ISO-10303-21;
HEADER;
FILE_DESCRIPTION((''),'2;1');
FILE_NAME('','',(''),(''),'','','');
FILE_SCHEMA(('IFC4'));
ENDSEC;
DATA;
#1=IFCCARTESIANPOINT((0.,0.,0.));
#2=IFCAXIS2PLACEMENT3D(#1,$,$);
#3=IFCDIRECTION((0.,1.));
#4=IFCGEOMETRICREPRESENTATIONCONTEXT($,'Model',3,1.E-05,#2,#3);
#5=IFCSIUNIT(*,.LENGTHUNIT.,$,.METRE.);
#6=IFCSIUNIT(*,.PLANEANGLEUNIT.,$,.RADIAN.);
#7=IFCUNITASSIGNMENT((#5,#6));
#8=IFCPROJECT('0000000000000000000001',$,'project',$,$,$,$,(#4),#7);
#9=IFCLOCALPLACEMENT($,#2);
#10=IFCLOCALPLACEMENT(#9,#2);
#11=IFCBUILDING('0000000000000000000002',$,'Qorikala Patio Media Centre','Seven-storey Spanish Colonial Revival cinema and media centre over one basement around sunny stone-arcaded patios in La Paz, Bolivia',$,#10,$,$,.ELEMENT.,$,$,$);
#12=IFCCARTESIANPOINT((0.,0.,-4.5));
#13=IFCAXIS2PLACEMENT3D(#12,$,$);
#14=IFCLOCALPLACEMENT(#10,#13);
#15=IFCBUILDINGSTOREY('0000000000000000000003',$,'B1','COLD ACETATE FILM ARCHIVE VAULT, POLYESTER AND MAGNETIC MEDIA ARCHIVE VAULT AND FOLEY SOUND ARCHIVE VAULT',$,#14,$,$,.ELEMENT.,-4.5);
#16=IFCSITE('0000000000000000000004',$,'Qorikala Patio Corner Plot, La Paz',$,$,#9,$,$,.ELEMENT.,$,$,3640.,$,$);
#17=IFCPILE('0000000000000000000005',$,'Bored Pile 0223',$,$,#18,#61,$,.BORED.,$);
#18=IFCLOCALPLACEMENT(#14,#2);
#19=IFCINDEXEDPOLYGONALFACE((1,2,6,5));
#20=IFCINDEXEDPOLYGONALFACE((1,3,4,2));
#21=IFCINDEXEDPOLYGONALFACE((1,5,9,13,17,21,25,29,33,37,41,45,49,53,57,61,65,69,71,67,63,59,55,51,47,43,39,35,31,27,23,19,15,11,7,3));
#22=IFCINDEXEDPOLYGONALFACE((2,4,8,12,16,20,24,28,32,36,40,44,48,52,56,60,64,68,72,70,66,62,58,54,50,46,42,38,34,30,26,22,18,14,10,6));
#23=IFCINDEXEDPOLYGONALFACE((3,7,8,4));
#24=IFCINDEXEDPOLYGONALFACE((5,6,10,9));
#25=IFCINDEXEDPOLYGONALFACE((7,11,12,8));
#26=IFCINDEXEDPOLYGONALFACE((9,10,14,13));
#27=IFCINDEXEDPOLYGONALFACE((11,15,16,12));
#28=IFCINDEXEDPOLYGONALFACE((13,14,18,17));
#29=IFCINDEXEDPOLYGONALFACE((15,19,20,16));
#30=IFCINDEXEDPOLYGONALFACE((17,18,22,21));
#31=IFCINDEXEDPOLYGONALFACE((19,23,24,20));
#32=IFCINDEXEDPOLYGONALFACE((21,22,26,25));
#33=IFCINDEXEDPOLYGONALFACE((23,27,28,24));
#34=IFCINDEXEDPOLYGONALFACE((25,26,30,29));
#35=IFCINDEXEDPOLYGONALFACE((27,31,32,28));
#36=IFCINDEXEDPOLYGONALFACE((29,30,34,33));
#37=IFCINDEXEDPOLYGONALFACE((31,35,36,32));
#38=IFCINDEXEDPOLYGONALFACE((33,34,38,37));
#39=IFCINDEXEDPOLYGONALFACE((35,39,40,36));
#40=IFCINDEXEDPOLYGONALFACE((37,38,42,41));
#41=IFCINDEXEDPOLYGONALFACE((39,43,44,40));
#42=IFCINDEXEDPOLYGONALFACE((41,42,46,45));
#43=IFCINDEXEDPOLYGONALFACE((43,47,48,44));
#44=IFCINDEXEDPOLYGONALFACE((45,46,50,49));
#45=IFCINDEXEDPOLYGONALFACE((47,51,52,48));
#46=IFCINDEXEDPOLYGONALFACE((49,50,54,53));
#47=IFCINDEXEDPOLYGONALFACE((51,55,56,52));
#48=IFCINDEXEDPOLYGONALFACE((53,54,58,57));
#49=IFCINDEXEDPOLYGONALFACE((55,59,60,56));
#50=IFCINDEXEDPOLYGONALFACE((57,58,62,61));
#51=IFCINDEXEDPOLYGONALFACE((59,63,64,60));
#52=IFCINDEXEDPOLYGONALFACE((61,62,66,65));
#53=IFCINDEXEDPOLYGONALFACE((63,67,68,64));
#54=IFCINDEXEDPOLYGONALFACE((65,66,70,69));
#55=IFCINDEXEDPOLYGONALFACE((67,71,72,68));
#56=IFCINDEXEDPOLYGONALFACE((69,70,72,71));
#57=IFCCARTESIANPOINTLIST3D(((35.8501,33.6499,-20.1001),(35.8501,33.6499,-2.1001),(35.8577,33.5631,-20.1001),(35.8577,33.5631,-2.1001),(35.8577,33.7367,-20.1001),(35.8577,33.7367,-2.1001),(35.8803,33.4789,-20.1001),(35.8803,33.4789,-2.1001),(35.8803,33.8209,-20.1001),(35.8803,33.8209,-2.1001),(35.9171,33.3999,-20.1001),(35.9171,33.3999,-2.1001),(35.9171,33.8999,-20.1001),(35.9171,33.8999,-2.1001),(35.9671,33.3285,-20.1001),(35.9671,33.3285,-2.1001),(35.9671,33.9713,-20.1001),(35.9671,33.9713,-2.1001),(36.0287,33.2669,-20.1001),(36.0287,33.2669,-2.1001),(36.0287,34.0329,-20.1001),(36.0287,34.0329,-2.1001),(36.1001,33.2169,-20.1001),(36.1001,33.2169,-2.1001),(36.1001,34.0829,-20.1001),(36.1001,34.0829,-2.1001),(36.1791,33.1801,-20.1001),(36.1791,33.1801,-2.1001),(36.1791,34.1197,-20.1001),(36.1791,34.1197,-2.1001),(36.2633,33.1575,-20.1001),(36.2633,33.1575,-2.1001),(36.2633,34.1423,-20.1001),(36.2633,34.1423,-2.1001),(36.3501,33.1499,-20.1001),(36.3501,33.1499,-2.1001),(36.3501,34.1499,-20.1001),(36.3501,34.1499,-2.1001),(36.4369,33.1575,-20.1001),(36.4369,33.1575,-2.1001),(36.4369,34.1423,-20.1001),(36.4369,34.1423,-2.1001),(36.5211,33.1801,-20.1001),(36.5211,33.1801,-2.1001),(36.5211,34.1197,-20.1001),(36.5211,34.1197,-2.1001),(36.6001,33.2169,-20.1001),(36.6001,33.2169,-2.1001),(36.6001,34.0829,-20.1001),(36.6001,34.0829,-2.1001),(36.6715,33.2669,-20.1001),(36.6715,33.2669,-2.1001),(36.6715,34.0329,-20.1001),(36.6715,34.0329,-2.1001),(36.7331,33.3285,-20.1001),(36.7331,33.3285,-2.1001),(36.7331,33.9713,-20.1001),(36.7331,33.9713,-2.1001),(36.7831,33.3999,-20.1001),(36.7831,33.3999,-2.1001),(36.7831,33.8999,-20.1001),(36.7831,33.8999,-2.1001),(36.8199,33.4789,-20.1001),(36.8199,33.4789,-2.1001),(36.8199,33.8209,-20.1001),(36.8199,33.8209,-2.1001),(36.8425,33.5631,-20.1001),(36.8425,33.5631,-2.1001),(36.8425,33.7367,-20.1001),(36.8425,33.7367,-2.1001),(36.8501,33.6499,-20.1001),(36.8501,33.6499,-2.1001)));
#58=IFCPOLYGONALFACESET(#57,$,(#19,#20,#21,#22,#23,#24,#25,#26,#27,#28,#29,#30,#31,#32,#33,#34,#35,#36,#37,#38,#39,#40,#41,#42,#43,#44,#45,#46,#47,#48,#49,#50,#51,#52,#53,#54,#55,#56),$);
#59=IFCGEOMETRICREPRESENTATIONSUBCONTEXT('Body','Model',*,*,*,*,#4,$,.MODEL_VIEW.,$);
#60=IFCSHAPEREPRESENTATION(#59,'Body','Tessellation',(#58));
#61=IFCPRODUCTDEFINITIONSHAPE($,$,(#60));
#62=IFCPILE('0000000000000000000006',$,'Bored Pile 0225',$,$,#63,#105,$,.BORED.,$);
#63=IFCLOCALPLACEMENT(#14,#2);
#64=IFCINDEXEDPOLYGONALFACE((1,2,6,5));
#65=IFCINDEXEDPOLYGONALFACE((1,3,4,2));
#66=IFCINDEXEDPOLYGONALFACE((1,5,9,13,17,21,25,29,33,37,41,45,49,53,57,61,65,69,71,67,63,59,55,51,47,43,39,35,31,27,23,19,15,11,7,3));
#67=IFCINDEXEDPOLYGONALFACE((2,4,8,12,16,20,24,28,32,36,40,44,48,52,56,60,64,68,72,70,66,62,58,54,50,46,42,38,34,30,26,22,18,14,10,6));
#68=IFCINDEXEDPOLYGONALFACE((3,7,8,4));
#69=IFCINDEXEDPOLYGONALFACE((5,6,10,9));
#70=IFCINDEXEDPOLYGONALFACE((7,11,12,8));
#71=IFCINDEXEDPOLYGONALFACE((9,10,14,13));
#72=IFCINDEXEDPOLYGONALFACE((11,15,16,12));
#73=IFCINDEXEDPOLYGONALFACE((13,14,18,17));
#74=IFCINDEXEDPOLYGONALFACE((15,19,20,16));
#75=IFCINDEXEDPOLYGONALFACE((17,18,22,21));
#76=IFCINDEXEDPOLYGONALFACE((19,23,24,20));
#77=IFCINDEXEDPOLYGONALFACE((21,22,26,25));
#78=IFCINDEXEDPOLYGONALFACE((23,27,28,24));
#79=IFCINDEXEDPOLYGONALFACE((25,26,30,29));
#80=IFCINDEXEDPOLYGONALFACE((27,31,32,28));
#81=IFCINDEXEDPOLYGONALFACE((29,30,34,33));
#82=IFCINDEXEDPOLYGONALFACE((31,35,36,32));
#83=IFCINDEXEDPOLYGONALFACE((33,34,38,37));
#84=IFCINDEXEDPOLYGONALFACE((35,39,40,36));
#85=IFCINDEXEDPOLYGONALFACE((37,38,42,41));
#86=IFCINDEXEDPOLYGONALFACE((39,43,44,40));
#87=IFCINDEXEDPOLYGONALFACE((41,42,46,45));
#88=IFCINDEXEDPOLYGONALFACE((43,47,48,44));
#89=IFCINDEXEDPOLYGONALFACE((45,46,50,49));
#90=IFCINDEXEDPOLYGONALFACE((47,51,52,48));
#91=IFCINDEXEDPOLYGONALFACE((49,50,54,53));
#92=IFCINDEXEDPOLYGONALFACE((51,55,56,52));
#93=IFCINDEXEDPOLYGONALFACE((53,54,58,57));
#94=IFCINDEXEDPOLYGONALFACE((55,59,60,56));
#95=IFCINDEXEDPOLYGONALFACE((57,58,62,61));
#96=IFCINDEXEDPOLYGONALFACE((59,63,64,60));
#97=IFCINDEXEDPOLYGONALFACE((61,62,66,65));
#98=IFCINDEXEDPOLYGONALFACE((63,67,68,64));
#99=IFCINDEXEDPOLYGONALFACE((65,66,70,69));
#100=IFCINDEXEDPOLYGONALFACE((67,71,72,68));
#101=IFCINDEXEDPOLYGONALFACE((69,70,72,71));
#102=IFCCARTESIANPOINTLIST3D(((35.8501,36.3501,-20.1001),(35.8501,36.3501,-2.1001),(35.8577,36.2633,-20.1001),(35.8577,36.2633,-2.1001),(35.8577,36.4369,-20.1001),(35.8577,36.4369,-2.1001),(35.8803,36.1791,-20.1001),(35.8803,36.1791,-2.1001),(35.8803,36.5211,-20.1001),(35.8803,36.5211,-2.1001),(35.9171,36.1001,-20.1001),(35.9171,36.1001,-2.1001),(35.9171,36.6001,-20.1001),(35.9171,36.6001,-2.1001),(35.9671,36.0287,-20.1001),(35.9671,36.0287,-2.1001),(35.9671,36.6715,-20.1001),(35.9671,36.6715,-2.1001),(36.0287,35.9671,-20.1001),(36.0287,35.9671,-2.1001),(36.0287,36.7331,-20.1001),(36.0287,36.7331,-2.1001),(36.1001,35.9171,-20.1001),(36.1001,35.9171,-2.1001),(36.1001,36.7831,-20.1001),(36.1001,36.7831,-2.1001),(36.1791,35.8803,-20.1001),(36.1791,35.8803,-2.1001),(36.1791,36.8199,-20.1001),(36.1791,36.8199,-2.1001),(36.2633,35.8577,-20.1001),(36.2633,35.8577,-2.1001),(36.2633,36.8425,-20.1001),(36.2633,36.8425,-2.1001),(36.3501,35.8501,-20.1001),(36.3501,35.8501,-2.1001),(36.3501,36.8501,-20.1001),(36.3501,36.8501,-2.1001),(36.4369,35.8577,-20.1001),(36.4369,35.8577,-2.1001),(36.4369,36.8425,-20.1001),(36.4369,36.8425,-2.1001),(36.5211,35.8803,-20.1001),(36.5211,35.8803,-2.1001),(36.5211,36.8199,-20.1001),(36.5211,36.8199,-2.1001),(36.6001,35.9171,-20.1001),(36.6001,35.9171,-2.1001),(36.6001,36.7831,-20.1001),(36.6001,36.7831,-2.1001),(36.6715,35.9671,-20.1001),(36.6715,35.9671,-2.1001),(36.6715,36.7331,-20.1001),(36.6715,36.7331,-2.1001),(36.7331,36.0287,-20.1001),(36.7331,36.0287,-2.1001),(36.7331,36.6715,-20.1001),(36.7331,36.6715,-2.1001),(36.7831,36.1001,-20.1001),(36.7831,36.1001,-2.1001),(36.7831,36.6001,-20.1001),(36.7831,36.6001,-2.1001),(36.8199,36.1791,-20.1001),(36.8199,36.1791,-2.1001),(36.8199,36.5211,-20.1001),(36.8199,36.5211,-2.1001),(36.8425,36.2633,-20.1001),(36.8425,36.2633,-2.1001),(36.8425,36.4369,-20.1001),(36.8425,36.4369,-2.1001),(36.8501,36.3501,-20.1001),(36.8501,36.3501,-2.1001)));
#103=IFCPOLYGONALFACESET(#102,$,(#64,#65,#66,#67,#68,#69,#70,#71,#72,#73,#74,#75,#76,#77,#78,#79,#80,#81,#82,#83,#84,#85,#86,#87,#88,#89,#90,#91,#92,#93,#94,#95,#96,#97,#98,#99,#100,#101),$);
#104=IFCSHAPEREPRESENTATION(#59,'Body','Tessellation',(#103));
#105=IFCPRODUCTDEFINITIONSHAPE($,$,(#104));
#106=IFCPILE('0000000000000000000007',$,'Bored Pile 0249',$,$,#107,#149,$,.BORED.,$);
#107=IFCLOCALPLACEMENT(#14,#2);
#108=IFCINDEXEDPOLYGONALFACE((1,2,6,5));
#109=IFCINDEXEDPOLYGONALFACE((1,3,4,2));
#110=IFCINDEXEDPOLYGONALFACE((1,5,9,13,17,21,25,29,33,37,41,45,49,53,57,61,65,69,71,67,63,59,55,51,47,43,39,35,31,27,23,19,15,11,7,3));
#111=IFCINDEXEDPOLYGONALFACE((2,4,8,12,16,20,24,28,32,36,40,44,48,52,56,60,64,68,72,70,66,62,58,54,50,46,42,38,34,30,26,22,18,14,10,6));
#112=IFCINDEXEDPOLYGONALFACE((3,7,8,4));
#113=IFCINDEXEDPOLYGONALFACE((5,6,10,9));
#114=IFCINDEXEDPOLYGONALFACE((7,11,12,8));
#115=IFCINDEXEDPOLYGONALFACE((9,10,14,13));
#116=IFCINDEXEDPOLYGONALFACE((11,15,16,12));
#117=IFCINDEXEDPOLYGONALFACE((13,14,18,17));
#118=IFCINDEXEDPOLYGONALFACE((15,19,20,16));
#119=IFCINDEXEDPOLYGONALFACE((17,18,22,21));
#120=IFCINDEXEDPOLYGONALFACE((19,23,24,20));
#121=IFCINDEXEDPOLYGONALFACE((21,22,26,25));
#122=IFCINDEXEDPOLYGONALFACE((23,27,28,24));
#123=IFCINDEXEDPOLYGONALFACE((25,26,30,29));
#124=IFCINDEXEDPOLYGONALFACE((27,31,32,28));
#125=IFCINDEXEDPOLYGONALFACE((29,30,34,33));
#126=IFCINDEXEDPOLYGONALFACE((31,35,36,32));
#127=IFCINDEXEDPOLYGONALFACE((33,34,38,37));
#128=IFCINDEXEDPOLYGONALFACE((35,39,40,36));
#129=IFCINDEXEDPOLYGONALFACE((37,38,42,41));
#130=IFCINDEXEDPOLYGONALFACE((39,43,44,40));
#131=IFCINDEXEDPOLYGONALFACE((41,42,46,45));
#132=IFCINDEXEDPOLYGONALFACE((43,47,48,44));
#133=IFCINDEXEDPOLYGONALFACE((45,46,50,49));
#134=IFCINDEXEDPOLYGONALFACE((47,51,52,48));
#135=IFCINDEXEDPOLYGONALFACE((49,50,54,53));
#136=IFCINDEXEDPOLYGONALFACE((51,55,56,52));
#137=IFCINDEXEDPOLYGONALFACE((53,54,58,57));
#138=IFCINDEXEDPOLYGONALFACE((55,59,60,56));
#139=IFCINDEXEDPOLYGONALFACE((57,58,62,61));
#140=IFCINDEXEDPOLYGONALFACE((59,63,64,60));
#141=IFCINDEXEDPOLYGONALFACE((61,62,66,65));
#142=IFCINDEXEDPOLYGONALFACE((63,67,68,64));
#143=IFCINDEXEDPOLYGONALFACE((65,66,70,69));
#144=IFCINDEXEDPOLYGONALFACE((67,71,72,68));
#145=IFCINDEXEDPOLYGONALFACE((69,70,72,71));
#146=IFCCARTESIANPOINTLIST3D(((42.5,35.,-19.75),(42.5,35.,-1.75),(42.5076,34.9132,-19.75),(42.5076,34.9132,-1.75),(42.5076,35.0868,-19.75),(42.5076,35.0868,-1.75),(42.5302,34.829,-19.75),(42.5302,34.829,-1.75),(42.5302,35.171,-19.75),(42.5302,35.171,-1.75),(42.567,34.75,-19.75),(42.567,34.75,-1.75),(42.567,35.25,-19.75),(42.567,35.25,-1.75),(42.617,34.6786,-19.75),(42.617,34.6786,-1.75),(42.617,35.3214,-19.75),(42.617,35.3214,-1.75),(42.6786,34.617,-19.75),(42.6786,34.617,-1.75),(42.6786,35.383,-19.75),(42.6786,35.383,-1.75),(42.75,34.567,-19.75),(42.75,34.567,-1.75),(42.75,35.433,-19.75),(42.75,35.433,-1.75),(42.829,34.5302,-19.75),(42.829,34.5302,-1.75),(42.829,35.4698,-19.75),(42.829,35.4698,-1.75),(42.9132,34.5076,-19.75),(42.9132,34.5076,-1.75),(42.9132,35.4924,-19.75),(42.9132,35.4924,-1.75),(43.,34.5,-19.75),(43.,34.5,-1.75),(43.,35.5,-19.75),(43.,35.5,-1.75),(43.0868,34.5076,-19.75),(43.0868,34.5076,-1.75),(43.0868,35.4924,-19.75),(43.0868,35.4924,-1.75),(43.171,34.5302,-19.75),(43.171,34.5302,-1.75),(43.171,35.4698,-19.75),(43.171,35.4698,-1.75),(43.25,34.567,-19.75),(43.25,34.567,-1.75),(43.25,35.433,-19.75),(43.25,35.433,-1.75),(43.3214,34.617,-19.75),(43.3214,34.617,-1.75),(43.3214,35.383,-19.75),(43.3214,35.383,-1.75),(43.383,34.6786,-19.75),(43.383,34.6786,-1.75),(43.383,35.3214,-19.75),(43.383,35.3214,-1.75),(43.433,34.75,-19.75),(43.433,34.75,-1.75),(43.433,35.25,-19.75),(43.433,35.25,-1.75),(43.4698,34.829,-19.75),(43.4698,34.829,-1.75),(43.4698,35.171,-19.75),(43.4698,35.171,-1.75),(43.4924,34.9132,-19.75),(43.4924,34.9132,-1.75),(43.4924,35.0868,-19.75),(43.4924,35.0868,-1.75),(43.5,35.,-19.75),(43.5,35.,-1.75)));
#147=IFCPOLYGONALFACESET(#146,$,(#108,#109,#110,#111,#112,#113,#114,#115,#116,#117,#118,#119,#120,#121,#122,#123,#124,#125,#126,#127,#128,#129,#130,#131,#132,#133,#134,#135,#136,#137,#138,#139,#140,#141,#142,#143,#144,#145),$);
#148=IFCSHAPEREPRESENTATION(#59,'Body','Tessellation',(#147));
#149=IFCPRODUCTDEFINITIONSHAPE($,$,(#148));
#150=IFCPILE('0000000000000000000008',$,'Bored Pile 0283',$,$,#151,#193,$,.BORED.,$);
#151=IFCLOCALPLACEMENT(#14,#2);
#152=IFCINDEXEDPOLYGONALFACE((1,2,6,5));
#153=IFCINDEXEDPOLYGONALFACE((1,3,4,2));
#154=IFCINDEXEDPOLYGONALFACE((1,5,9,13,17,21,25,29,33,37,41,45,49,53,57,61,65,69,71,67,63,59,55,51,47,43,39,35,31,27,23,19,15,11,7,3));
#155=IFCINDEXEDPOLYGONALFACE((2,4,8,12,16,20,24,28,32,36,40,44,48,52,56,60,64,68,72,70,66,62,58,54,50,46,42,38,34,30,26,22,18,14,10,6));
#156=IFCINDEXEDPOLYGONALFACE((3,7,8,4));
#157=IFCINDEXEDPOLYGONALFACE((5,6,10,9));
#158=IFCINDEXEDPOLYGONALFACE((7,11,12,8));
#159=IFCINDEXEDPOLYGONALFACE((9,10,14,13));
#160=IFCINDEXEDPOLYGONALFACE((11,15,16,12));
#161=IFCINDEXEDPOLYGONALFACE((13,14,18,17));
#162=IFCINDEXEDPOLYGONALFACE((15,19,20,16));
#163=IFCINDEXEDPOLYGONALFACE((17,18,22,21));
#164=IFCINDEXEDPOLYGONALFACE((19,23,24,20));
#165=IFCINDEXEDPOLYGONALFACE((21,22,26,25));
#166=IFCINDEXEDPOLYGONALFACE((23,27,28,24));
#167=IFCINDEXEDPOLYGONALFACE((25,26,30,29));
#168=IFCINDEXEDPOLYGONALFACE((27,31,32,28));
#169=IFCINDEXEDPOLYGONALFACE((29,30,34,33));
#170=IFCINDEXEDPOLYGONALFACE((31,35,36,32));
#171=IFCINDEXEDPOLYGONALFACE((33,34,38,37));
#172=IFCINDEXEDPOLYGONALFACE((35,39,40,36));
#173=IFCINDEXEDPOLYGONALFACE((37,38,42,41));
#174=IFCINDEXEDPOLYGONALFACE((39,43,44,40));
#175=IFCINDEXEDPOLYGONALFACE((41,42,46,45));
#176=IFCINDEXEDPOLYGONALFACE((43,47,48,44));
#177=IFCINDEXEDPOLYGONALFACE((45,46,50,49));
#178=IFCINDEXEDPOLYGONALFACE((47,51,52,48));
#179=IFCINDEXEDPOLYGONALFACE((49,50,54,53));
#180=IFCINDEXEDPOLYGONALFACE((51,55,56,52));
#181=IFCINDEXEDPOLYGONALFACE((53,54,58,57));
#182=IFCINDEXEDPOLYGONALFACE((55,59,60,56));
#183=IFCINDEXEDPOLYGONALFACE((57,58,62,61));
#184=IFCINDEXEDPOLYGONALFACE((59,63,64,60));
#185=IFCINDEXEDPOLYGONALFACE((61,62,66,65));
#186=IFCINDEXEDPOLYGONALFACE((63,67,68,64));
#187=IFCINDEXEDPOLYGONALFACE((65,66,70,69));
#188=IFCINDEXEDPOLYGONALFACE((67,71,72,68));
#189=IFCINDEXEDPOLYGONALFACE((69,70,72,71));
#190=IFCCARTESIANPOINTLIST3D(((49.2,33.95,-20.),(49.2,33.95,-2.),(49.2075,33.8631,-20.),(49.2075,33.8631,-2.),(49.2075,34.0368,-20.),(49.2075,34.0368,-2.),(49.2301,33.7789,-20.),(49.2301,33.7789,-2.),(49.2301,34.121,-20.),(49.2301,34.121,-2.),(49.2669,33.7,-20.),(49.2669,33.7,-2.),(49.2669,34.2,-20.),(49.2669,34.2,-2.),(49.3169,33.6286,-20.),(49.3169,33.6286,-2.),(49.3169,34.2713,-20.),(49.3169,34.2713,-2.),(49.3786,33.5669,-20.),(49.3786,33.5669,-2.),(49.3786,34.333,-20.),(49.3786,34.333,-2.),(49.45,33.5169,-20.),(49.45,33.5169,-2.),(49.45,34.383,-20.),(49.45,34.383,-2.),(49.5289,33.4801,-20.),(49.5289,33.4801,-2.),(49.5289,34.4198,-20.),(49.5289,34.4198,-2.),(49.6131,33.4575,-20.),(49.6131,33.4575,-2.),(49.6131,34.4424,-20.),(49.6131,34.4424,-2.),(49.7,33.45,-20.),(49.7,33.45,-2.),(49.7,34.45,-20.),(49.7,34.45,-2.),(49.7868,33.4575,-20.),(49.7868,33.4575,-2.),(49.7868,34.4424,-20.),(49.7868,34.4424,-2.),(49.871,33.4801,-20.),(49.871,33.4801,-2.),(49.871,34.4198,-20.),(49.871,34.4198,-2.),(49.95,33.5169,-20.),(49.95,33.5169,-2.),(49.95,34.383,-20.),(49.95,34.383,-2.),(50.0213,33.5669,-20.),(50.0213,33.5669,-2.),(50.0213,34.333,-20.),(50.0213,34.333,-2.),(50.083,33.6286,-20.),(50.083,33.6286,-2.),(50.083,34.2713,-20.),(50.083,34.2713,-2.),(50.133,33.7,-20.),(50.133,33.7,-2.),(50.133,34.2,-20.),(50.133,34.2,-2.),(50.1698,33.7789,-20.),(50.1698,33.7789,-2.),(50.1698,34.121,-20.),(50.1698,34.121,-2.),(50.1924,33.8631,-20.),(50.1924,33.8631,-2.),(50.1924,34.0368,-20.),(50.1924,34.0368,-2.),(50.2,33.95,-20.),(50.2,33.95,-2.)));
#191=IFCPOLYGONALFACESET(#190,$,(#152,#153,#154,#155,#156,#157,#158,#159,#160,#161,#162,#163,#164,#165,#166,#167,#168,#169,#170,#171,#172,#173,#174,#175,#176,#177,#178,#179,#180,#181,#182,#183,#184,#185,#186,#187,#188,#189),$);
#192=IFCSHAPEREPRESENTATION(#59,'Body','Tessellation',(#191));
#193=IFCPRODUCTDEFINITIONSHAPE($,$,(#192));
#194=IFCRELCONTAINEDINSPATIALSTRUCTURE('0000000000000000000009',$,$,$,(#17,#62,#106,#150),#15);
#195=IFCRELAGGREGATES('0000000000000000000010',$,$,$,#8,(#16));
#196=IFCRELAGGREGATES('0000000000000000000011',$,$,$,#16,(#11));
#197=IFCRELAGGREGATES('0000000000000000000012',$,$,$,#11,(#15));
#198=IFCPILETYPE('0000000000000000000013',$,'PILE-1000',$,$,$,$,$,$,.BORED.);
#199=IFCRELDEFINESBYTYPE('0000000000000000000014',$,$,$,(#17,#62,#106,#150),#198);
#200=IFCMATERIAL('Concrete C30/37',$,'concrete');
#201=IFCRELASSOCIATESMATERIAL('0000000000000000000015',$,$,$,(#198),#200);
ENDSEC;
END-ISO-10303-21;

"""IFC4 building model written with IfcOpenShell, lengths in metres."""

from ifc_helpers import new_model, si_unit, direction, frame, origin, origin_2d, place, context, subcontext, project, spatial, circle, extrude, material, material_profile, profile_set, type_object, element, save


model = new_model("IFC4")

# Units and contexts
model_context = context("Model", 3, precision=1e-05, world=origin(), true_north=direction((0.0, 1.0)))
body_context = subcontext(model_context, "Body", "Model", "MODEL_VIEW")
ifc_project = project(units=[si_unit("LENGTHUNIT", "METRE"), si_unit("PLANEANGLEUNIT", "RADIAN")], contexts=[model_context])

# Site, building, storey
site_placement = place(None, origin())
site = spatial("IfcSite", under=ifc_project, at=site_placement, Name="Qorikala Patio Corner Plot, La Paz", CompositionType="ELEMENT", RefElevation=3640.0)
building_placement = place(site_placement, origin())
building = spatial("IfcBuilding", under=site, at=building_placement, Name="Qorikala Patio Media Centre", Description="Seven-storey Spanish Colonial Revival cinema and media centre over one basement around sunny stone-arcaded patios in La Paz, Bolivia", CompositionType="ELEMENT")
storey_placement = place(building_placement, frame((0.0, 0.0, -4.5)))
storey = spatial("IfcBuildingStorey", under=building, at=storey_placement, Name="B1", Description="COLD ACETATE FILM ARCHIVE VAULT, POLYESTER AND MAGNETIC MEDIA ARCHIVE VAULT AND FOLEY SOUND ARCHIVE VAULT", CompositionType="ELEMENT", Elevation=-4.5)

# Shared definitions
ifc_material_1 = material(Name="Concrete C30/37", Category="concrete")

# Piles
ifc_material_profile_1 = material_profile(ifc_material_1, circle(Radius=0.5, at=origin_2d()), Name="BORED PILE 1000")
ifc_profile_set_1 = profile_set([ifc_material_profile_1], Name="Concrete C30/37")
pile_type_1 = type_object("IfcPileType", Name="PILE-1000", PredefinedType="BORED", material=ifc_profile_set_1)
for number, where, z_axis, x_axis, name in (
    (1, (36.3501, 33.6499, -2.1001), (0.0, 0.0, -1.0), (1.0, 0.0, 0.0), "Bored Pile 0223"),
    (2, (36.3501, 36.3501, -2.1001), (0.0, 0.0, -1.0), (1.0, 0.0, 0.0), "Bored Pile 0225"),
    (3, (43.0, 35.0, -1.75), (0.0, 0.0, -1.0), (1.0, 0.0, 0.0), "Bored Pile 0249"),
    (4, (49.7, 33.95, -2.0), (0.0, 0.0, -1.0), (1.0, 0.0, 0.0), "Bored Pile 0283"),
):
    element("IfcPile", number, at=place(storey_placement, frame(where, z_axis=z_axis, x_axis=x_axis)), inside=storey, type_object=pile_type_1, Name=name, PredefinedType="BORED", context=body_context, shape_type="SweptSolid", body=[
        extrude(circle(Radius=0.5, at=origin_2d()), origin(), (0.0, 0.0, 1.0), 18.0),
    ])

save(model, "model.ifc")
